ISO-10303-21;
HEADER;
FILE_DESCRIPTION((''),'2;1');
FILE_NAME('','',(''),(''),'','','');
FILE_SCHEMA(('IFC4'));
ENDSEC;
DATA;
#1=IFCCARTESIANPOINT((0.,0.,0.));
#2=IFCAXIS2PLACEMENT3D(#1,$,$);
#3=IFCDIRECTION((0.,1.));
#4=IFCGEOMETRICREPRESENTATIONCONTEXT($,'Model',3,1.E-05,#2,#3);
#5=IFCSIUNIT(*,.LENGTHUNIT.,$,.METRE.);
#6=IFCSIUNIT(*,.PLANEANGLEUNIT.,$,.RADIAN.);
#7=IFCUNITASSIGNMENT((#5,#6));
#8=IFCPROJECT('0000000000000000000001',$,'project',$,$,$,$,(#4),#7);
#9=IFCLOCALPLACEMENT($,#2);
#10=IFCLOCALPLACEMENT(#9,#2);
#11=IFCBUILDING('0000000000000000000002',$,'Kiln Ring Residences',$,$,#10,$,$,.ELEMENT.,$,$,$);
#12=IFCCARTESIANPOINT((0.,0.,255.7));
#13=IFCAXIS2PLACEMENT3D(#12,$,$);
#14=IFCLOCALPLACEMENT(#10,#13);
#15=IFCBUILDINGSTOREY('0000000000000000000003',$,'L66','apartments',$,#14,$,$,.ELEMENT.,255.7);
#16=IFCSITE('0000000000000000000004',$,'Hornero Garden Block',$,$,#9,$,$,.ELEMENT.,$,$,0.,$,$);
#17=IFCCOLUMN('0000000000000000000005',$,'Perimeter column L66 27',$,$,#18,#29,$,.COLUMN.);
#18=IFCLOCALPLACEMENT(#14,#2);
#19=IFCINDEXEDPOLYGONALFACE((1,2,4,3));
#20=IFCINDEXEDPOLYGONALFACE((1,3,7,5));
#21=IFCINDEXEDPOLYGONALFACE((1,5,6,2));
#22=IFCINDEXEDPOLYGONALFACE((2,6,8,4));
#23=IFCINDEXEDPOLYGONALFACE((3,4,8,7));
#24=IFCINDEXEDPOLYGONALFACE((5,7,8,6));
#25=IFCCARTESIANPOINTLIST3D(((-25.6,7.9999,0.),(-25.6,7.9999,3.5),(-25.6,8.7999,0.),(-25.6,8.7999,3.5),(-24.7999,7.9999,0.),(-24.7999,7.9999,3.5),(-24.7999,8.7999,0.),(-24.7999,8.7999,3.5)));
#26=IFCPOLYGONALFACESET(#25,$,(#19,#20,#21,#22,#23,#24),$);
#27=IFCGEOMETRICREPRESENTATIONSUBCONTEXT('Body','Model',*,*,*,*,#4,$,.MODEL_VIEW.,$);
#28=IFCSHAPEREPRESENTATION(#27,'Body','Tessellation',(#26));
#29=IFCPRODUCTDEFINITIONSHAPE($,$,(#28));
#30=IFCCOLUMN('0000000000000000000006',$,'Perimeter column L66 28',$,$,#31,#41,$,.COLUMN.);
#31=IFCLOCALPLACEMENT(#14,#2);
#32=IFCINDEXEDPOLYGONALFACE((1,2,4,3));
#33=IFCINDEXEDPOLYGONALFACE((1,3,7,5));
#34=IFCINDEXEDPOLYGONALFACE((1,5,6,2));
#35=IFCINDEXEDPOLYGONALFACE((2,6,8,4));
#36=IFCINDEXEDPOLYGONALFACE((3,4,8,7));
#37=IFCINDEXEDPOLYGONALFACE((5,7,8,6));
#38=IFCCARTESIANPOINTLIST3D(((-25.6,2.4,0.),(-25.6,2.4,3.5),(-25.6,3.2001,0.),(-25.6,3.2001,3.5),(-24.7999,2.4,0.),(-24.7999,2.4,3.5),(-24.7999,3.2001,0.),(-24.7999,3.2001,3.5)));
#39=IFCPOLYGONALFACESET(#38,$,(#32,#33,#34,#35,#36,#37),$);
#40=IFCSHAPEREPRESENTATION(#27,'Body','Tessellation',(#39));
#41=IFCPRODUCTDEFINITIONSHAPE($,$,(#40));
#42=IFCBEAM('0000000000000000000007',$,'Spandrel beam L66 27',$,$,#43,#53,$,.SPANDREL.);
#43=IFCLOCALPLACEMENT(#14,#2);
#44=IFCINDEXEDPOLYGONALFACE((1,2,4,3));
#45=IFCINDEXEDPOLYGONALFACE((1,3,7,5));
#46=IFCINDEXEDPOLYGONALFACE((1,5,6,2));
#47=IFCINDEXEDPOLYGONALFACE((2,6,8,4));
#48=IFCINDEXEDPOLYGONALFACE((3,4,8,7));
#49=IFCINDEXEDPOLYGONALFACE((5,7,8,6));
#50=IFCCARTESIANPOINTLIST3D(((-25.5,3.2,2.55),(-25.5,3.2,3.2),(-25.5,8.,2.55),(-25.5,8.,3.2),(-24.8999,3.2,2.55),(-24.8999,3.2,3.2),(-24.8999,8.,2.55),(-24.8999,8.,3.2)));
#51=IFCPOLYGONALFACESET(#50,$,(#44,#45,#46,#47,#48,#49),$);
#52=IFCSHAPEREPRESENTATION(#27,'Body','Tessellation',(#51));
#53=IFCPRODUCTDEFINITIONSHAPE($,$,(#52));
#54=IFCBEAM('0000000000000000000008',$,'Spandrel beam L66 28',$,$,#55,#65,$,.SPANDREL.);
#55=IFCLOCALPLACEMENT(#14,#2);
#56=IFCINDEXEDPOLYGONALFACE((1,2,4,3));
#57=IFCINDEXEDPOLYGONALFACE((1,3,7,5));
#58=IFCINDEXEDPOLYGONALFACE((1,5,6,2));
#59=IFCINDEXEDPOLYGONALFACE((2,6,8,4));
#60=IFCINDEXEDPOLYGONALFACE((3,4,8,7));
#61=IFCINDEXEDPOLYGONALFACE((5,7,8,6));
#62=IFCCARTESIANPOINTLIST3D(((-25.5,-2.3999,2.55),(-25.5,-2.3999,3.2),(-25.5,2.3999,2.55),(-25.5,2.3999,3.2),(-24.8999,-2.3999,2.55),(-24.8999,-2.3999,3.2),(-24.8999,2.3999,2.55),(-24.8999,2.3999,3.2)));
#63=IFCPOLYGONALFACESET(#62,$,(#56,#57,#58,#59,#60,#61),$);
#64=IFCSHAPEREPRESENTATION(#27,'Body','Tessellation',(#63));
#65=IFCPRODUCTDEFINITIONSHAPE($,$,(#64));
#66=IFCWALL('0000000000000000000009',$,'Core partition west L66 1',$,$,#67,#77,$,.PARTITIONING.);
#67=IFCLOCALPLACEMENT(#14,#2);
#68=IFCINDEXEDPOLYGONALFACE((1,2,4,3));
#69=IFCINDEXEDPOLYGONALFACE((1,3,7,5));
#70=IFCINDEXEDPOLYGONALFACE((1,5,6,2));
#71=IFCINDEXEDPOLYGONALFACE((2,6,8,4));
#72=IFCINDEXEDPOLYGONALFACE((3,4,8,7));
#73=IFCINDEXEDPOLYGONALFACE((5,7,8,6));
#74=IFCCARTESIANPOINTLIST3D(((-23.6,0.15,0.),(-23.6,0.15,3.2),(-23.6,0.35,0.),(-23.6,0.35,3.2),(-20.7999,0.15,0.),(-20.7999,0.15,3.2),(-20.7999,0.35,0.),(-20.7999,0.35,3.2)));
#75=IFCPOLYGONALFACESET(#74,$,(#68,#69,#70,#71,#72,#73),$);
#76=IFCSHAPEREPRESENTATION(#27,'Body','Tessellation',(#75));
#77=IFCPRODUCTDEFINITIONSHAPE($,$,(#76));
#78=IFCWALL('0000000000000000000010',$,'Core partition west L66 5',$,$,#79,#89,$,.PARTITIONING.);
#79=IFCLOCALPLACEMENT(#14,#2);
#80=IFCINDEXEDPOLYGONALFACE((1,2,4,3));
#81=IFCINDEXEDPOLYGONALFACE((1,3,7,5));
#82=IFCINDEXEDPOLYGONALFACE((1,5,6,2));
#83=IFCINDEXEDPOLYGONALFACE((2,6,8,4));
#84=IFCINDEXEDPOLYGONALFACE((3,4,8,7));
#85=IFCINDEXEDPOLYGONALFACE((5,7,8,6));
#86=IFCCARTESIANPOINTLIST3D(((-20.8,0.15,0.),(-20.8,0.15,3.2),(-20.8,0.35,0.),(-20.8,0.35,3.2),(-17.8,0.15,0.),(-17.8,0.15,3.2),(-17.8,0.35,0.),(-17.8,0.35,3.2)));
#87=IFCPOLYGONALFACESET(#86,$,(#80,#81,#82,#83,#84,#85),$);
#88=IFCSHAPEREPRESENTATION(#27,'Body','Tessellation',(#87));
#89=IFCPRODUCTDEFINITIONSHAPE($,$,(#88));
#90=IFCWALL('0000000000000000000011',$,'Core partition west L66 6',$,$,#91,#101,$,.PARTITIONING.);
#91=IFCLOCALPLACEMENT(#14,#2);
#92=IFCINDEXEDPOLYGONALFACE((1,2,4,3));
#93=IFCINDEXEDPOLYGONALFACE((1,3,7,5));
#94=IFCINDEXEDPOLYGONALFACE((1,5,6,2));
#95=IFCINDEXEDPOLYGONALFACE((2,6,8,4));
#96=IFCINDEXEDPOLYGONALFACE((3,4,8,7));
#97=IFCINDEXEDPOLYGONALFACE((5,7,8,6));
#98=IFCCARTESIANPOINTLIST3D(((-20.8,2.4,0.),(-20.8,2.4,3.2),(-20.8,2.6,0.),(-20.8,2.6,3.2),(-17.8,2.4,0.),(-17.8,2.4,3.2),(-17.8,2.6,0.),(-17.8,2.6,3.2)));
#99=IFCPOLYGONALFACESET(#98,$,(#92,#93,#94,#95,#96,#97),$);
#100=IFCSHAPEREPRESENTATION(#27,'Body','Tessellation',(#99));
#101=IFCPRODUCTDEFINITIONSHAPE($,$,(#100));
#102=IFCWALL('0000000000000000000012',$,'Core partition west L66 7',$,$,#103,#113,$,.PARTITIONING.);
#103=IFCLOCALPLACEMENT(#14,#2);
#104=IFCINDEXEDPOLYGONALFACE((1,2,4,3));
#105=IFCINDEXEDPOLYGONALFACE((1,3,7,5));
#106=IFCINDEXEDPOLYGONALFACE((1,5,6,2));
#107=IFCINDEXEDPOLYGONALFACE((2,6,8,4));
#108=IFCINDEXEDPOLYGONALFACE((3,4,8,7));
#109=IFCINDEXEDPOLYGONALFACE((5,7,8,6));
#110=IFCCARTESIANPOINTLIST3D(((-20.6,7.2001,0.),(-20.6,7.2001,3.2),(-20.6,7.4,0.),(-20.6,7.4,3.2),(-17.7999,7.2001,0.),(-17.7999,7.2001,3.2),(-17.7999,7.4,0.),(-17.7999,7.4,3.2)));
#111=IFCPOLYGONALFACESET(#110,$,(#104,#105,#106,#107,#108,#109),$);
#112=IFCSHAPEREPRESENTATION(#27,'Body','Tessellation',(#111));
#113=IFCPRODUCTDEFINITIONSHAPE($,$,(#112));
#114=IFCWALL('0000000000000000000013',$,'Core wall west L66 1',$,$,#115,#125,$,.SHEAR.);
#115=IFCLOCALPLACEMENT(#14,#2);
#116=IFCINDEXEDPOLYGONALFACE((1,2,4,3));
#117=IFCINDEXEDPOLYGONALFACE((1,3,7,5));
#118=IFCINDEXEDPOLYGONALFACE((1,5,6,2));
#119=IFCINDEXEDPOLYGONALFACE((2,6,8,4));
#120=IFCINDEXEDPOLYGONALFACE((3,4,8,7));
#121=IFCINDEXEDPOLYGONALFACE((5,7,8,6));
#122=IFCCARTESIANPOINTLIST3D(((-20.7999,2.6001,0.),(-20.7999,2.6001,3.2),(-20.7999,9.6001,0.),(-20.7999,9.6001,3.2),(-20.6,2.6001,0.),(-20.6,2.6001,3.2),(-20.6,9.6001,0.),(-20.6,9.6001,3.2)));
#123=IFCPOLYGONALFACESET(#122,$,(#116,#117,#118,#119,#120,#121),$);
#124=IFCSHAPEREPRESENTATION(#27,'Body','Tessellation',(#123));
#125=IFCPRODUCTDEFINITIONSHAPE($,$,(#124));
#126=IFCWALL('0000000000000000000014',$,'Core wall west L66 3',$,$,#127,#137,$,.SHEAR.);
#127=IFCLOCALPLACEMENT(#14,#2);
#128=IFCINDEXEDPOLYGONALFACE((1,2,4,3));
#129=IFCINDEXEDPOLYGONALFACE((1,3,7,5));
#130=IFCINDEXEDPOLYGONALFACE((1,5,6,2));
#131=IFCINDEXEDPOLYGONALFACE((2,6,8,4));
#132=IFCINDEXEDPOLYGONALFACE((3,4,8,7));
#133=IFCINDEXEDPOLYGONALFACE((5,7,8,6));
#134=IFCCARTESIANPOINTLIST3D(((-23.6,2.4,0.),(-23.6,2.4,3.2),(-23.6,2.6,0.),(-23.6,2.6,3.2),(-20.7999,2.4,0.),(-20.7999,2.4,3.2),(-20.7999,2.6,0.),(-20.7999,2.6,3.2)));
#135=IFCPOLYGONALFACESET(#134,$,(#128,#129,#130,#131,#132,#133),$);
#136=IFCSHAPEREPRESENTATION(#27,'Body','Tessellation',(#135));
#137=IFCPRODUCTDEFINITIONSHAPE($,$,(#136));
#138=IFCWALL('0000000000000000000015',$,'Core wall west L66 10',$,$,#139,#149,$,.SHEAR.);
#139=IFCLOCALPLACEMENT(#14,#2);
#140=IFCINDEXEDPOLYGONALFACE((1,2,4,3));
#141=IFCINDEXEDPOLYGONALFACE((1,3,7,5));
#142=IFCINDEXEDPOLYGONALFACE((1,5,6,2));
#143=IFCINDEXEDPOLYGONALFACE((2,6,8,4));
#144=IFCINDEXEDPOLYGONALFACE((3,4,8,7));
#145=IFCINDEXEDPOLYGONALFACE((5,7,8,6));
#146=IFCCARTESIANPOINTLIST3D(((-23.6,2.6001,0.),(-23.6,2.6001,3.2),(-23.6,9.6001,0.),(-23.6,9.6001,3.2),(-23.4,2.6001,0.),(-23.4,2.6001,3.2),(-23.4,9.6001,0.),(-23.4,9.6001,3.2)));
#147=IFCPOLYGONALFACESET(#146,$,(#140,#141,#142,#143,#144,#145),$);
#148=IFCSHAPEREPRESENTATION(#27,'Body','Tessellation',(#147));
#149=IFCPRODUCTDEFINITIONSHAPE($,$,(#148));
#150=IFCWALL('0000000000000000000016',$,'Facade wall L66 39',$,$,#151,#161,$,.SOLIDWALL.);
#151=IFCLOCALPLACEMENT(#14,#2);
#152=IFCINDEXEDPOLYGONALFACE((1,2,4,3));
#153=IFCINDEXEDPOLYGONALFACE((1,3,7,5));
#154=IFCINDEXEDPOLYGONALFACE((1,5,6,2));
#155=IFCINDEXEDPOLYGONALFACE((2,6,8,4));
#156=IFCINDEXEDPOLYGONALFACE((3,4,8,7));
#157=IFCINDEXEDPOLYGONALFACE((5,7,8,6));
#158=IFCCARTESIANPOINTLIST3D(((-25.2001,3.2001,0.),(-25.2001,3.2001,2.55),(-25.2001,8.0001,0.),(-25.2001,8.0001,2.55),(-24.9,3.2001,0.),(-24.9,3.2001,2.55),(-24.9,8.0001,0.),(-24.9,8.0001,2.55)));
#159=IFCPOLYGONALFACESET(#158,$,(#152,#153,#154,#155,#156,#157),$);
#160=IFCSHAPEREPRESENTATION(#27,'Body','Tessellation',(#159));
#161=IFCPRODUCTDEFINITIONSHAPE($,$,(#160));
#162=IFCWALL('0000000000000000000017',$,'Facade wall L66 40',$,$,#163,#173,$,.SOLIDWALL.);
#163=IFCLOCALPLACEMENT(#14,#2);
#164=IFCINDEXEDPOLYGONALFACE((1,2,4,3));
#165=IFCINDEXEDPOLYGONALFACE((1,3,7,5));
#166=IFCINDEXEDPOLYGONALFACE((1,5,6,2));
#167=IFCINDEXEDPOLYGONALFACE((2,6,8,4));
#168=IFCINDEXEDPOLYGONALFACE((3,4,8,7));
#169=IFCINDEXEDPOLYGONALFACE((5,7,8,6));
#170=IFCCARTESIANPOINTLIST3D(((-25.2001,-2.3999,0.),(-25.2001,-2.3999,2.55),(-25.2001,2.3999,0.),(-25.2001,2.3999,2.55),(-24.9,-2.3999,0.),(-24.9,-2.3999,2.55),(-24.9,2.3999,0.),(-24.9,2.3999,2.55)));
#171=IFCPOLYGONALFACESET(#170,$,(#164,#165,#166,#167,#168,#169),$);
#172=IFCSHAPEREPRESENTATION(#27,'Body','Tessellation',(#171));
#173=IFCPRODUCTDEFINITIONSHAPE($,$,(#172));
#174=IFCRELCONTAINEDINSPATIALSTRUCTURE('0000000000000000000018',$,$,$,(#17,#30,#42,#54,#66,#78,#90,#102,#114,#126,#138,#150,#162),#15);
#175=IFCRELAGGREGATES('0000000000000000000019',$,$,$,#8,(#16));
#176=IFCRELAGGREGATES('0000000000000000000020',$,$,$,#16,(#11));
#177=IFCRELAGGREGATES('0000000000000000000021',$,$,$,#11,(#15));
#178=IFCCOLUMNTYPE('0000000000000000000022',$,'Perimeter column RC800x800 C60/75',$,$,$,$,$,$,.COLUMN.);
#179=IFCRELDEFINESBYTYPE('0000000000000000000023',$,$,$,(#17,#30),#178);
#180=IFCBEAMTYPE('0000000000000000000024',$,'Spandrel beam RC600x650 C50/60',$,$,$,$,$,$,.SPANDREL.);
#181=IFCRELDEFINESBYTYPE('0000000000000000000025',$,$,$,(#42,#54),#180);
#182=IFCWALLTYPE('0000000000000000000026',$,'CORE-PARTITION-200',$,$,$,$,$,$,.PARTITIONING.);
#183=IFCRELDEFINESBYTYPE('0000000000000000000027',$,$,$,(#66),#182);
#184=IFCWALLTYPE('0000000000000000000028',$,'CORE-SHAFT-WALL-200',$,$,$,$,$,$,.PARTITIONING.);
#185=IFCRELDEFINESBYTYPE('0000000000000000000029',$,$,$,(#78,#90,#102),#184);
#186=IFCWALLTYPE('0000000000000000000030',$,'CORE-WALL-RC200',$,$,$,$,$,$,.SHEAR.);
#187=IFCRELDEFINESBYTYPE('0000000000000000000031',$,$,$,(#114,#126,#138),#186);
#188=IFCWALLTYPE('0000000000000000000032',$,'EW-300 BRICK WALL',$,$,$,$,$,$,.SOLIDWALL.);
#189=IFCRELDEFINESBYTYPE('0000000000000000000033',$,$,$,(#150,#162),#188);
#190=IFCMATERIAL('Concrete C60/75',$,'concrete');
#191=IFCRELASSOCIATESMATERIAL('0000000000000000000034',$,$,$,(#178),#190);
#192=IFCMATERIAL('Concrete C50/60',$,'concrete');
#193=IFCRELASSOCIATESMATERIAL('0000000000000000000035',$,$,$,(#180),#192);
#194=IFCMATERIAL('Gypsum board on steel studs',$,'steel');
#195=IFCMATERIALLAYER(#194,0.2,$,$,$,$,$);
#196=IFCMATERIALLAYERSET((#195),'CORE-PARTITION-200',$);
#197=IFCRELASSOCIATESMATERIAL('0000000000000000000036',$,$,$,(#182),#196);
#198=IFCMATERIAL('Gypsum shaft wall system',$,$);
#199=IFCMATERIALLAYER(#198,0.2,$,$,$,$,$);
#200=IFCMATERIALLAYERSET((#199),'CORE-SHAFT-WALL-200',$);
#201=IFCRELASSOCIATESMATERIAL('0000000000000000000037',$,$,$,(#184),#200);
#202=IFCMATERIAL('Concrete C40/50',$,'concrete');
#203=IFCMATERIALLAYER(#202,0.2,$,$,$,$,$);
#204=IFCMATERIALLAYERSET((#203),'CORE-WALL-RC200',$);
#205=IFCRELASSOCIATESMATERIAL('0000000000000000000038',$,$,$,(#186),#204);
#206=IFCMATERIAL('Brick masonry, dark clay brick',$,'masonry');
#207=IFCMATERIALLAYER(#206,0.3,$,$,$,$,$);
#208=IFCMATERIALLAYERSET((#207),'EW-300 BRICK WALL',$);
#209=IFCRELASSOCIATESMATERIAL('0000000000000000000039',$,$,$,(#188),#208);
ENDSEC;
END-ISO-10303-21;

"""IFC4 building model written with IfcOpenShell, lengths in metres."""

from ifc_helpers import new_model, si_unit, direction, frame, frame_2d, origin, origin_2d, place, context, subcontext, project, spatial, rectangle, extrude, material, layer, layer_set, material_profile, profile_set, type_object, element, save


model = new_model("IFC4")

# Units and contexts
model_context = context("Model", 3, precision=1e-05, world=origin(), true_north=direction((0.0, 1.0)))
body_context = subcontext(model_context, "Body", "Model", "MODEL_VIEW")
ifc_project = project(units=[si_unit("LENGTHUNIT", "METRE"), si_unit("PLANEANGLEUNIT", "RADIAN")], contexts=[model_context])

# Site, building, storey
site_placement = place(None, origin())
site = spatial("IfcSite", under=ifc_project, at=site_placement, Name="Hornero Garden Block", CompositionType="ELEMENT", RefElevation=0.0)
building_placement = place(site_placement, origin())
building = spatial("IfcBuilding", under=site, at=building_placement, Name="Kiln Ring Residences", CompositionType="ELEMENT")
storey_placement = place(building_placement, frame((0.0, 0.0, 255.7)))
storey = spatial("IfcBuildingStorey", under=building, at=storey_placement, Name="L66", Description="apartments", CompositionType="ELEMENT", Elevation=255.7)

# Columns
ifc_material_1 = material(Name="Concrete C60/75", Category="concrete")
ifc_material_profile_1 = material_profile(ifc_material_1, rectangle(XDim=0.8, YDim=0.8, at=origin_2d()), Name="RC800x800")
ifc_profile_set_1 = profile_set([ifc_material_profile_1], Name="Concrete C60/75")
column_type = type_object("IfcColumnType", Name="Perimeter column RC800x800 C60/75", PredefinedType="COLUMN", material=ifc_profile_set_1)
for number, where, z_axis, x_axis, name in (
    (1, (-25.2, 8.3999, 0.0), (0.0, 0.0, 1.0), (1.0, 0.0, 0.0), "Perimeter column L66 27"),
    (2, (-25.2, 2.8, 0.0), (0.0, 0.0, 1.0), (1.0, 0.0, 0.0), "Perimeter column L66 28"),
):
    element("IfcColumn", number, at=place(storey_placement, frame(where, z_axis=z_axis, x_axis=x_axis)), inside=storey, type_object=column_type, Name=name, PredefinedType="COLUMN", context=body_context, shape_type="SweptSolid", body=[
        extrude(rectangle(XDim=0.8, YDim=0.8, at=origin_2d()), origin(), (0.0, 0.0, 1.0), 3.5),
    ])

# Beams
ifc_material_2 = material(Name="Concrete C50/60", Category="concrete")
ifc_material_profile_2 = material_profile(ifc_material_2, rectangle(XDim=0.6001, YDim=0.6499, at=origin_2d()), Name="RC600x650")
ifc_profile_set_2 = profile_set([ifc_material_profile_2], Name="Concrete C50/60")
beam_type = type_object("IfcBeamType", Name="Spandrel beam RC600x650 C50/60", PredefinedType="SPANDREL", material=ifc_profile_set_2)
beam_1_placement = place(storey_placement, frame((-25.2, 8.0, 2.875), z_axis=(0.0, -1.0, 0.0), x_axis=(1.0, 0.0, 0.0)))
element("IfcBeam", 3, at=beam_1_placement, inside=storey, type_object=beam_type, Name="Spandrel beam L66 27", PredefinedType="SPANDREL", context=body_context, shape_type="SweptSolid", body=[
    extrude(rectangle(XDim=0.6001, YDim=0.6499, at=origin_2d()), origin(), (0.0, 0.0, 1.0), 4.8),
])
beam_2_placement = place(storey_placement, frame((-25.2, 2.3999, 2.875), z_axis=(0.0, -1.0, 0.0), x_axis=(1.0, 0.0, 0.0)))
element("IfcBeam", 4, at=beam_2_placement, inside=storey, type_object=beam_type, Name="Spandrel beam L66 28", PredefinedType="SPANDREL", context=body_context, shape_type="SweptSolid", body=[
    extrude(rectangle(XDim=0.6001, YDim=0.6499, at=origin_2d()), origin(), (0.0, 0.0, 1.0), 4.7998),
])

# Walls
ifc_material_3 = material(Name="Gypsum board on steel studs", Category="steel")
ifc_layer_1 = layer(ifc_material_3, 0.2)
ifc_layer_set_1 = layer_set([ifc_layer_1], Name="CORE-PARTITION-200")
wall_type_1 = type_object("IfcWallType", Name="CORE-PARTITION-200", PredefinedType="PARTITIONING", material=ifc_layer_set_1)
wall_1_placement = place(storey_placement, frame((-20.8, 0.25, 0.0), z_axis=(0.0, 0.0, 1.0), x_axis=(-1.0, 0.0, 0.0)))
element("IfcWall", 5, at=wall_1_placement, inside=storey, type_object=wall_type_1, Name="Core partition west L66 1", PredefinedType="PARTITIONING", context=body_context, shape_type="SweptSolid", body=[
    extrude(rectangle(XDim=2.8, YDim=0.2, at=frame_2d((1.3999, 0.0))), origin(), (0.0, 0.0, 1.0), 3.2),
])
ifc_material_4 = material(Name="Gypsum shaft wall system")
ifc_layer_2 = layer(ifc_material_4, 0.2)
ifc_layer_set_2 = layer_set([ifc_layer_2], Name="CORE-SHAFT-WALL-200")
wall_type_2 = type_object("IfcWallType", Name="CORE-SHAFT-WALL-200", PredefinedType="PARTITIONING", material=ifc_layer_set_2)
for number, where, z_axis, x_axis, name in (
    (6, (-17.8, 0.25, 0.0), (0.0, 0.0, 1.0), (-1.0, 0.0, 0.0), "Core partition west L66 5"),
    (7, (-17.8, 2.5, 0.0), (0.0, 0.0, 1.0), (-1.0, 0.0, 0.0), "Core partition west L66 6"),
):
    element("IfcWall", number, at=place(storey_placement, frame(where, z_axis=z_axis, x_axis=x_axis)), inside=storey, type_object=wall_type_2, Name=name, PredefinedType="PARTITIONING", context=body_context, shape_type="SweptSolid", body=[
        extrude(rectangle(XDim=3.0, YDim=0.2, at=frame_2d((1.5, 0.0))), origin(), (0.0, 0.0, 1.0), 3.2),
    ])
wall_2_placement = place(storey_placement, frame((-17.8, 7.3, 0.0), z_axis=(0.0, 0.0, 1.0), x_axis=(-1.0, 0.0, 0.0)))
element("IfcWall", 8, at=wall_2_placement, inside=storey, type_object=wall_type_2, Name="Core partition west L66 7", PredefinedType="PARTITIONING", context=body_context, shape_type="SweptSolid", body=[
    extrude(rectangle(XDim=2.8, YDim=0.2, at=frame_2d((1.3999, 0.0))), origin(), (0.0, 0.0, 1.0), 3.2),
])
ifc_material_5 = material(Name="Concrete C40/50", Category="concrete")
ifc_layer_3 = layer(ifc_material_5, 0.2)
ifc_layer_set_3 = layer_set([ifc_layer_3], Name="CORE-WALL-RC200")
wall_type_3 = type_object("IfcWallType", Name="CORE-WALL-RC200", PredefinedType="SHEAR", material=ifc_layer_set_3)
wall_3_placement = place(storey_placement, frame((-20.7, 2.6001, 0.0), z_axis=(0.0, 0.0, 1.0), x_axis=(0.0, 1.0, 0.0)))
element("IfcWall", 9, at=wall_3_placement, inside=storey, type_object=wall_type_3, Name="Core wall west L66 1", PredefinedType="SHEAR", context=body_context, shape_type="SweptSolid", body=[
    extrude(rectangle(XDim=7.0, YDim=0.2, at=frame_2d((3.5, 0.0))), origin(), (0.0, 0.0, 1.0), 3.2),
])
wall_4_placement = place(storey_placement, frame((-20.8, 2.5, 0.0), z_axis=(0.0, 0.0, 1.0), x_axis=(-1.0, 0.0, 0.0)))
element("IfcWall", 10, at=wall_4_placement, inside=storey, type_object=wall_type_3, Name="Core wall west L66 3", PredefinedType="SHEAR", context=body_context, shape_type="SweptSolid", body=[
    extrude(rectangle(XDim=2.8, YDim=0.2, at=frame_2d((1.3999, 0.0))), origin(), (0.0, 0.0, 1.0), 3.2),
])
wall_5_placement = place(storey_placement, frame((-23.5, 2.6001, 0.0), z_axis=(0.0, 0.0, 1.0), x_axis=(0.0, 1.0, 0.0)))
element("IfcWall", 11, at=wall_5_placement, inside=storey, type_object=wall_type_3, Name="Core wall west L66 10", PredefinedType="SHEAR", context=body_context, shape_type="SweptSolid", body=[
    extrude(rectangle(XDim=7.0, YDim=0.2, at=frame_2d((3.5, 0.0))), origin(), (0.0, 0.0, 1.0), 3.2),
])
ifc_material_6 = material(Name="Brick masonry, dark clay brick", Category="masonry")
ifc_layer_4 = layer(ifc_material_6, 0.3)
ifc_layer_set_4 = layer_set([ifc_layer_4], Name="EW-300 BRICK WALL")
wall_type_4 = type_object("IfcWallType", Name="EW-300 BRICK WALL", PredefinedType="SOLIDWALL", material=ifc_layer_set_4)
wall_6_placement = place(storey_placement, frame((-25.05, 8.0, 0.0), z_axis=(0.0, 0.0, 1.0), x_axis=(0.0, -1.0, 0.0)))
element("IfcWall", 12, at=wall_6_placement, inside=storey, type_object=wall_type_4, Name="Facade wall L66 39", PredefinedType="SOLIDWALL", context=body_context, shape_type="SweptSolid", body=[
    extrude(rectangle(XDim=4.8, YDim=0.3, at=frame_2d((2.3999, 0.0))), origin(), (0.0, 0.0, 1.0), 2.55),
])
wall_7_placement = place(storey_placement, frame((-25.05, 2.3999, 0.0), z_axis=(0.0, 0.0, 1.0), x_axis=(0.0, -1.0, 0.0)))
element("IfcWall", 13, at=wall_7_placement, inside=storey, type_object=wall_type_4, Name="Facade wall L66 40", PredefinedType="SOLIDWALL", context=body_context, shape_type="SweptSolid", body=[
    extrude(rectangle(XDim=4.7998, YDim=0.3, at=frame_2d((2.3999, 0.0))), origin(), (0.0, 0.0, 1.0), 2.55),
])

save(model, "model.ifc")
